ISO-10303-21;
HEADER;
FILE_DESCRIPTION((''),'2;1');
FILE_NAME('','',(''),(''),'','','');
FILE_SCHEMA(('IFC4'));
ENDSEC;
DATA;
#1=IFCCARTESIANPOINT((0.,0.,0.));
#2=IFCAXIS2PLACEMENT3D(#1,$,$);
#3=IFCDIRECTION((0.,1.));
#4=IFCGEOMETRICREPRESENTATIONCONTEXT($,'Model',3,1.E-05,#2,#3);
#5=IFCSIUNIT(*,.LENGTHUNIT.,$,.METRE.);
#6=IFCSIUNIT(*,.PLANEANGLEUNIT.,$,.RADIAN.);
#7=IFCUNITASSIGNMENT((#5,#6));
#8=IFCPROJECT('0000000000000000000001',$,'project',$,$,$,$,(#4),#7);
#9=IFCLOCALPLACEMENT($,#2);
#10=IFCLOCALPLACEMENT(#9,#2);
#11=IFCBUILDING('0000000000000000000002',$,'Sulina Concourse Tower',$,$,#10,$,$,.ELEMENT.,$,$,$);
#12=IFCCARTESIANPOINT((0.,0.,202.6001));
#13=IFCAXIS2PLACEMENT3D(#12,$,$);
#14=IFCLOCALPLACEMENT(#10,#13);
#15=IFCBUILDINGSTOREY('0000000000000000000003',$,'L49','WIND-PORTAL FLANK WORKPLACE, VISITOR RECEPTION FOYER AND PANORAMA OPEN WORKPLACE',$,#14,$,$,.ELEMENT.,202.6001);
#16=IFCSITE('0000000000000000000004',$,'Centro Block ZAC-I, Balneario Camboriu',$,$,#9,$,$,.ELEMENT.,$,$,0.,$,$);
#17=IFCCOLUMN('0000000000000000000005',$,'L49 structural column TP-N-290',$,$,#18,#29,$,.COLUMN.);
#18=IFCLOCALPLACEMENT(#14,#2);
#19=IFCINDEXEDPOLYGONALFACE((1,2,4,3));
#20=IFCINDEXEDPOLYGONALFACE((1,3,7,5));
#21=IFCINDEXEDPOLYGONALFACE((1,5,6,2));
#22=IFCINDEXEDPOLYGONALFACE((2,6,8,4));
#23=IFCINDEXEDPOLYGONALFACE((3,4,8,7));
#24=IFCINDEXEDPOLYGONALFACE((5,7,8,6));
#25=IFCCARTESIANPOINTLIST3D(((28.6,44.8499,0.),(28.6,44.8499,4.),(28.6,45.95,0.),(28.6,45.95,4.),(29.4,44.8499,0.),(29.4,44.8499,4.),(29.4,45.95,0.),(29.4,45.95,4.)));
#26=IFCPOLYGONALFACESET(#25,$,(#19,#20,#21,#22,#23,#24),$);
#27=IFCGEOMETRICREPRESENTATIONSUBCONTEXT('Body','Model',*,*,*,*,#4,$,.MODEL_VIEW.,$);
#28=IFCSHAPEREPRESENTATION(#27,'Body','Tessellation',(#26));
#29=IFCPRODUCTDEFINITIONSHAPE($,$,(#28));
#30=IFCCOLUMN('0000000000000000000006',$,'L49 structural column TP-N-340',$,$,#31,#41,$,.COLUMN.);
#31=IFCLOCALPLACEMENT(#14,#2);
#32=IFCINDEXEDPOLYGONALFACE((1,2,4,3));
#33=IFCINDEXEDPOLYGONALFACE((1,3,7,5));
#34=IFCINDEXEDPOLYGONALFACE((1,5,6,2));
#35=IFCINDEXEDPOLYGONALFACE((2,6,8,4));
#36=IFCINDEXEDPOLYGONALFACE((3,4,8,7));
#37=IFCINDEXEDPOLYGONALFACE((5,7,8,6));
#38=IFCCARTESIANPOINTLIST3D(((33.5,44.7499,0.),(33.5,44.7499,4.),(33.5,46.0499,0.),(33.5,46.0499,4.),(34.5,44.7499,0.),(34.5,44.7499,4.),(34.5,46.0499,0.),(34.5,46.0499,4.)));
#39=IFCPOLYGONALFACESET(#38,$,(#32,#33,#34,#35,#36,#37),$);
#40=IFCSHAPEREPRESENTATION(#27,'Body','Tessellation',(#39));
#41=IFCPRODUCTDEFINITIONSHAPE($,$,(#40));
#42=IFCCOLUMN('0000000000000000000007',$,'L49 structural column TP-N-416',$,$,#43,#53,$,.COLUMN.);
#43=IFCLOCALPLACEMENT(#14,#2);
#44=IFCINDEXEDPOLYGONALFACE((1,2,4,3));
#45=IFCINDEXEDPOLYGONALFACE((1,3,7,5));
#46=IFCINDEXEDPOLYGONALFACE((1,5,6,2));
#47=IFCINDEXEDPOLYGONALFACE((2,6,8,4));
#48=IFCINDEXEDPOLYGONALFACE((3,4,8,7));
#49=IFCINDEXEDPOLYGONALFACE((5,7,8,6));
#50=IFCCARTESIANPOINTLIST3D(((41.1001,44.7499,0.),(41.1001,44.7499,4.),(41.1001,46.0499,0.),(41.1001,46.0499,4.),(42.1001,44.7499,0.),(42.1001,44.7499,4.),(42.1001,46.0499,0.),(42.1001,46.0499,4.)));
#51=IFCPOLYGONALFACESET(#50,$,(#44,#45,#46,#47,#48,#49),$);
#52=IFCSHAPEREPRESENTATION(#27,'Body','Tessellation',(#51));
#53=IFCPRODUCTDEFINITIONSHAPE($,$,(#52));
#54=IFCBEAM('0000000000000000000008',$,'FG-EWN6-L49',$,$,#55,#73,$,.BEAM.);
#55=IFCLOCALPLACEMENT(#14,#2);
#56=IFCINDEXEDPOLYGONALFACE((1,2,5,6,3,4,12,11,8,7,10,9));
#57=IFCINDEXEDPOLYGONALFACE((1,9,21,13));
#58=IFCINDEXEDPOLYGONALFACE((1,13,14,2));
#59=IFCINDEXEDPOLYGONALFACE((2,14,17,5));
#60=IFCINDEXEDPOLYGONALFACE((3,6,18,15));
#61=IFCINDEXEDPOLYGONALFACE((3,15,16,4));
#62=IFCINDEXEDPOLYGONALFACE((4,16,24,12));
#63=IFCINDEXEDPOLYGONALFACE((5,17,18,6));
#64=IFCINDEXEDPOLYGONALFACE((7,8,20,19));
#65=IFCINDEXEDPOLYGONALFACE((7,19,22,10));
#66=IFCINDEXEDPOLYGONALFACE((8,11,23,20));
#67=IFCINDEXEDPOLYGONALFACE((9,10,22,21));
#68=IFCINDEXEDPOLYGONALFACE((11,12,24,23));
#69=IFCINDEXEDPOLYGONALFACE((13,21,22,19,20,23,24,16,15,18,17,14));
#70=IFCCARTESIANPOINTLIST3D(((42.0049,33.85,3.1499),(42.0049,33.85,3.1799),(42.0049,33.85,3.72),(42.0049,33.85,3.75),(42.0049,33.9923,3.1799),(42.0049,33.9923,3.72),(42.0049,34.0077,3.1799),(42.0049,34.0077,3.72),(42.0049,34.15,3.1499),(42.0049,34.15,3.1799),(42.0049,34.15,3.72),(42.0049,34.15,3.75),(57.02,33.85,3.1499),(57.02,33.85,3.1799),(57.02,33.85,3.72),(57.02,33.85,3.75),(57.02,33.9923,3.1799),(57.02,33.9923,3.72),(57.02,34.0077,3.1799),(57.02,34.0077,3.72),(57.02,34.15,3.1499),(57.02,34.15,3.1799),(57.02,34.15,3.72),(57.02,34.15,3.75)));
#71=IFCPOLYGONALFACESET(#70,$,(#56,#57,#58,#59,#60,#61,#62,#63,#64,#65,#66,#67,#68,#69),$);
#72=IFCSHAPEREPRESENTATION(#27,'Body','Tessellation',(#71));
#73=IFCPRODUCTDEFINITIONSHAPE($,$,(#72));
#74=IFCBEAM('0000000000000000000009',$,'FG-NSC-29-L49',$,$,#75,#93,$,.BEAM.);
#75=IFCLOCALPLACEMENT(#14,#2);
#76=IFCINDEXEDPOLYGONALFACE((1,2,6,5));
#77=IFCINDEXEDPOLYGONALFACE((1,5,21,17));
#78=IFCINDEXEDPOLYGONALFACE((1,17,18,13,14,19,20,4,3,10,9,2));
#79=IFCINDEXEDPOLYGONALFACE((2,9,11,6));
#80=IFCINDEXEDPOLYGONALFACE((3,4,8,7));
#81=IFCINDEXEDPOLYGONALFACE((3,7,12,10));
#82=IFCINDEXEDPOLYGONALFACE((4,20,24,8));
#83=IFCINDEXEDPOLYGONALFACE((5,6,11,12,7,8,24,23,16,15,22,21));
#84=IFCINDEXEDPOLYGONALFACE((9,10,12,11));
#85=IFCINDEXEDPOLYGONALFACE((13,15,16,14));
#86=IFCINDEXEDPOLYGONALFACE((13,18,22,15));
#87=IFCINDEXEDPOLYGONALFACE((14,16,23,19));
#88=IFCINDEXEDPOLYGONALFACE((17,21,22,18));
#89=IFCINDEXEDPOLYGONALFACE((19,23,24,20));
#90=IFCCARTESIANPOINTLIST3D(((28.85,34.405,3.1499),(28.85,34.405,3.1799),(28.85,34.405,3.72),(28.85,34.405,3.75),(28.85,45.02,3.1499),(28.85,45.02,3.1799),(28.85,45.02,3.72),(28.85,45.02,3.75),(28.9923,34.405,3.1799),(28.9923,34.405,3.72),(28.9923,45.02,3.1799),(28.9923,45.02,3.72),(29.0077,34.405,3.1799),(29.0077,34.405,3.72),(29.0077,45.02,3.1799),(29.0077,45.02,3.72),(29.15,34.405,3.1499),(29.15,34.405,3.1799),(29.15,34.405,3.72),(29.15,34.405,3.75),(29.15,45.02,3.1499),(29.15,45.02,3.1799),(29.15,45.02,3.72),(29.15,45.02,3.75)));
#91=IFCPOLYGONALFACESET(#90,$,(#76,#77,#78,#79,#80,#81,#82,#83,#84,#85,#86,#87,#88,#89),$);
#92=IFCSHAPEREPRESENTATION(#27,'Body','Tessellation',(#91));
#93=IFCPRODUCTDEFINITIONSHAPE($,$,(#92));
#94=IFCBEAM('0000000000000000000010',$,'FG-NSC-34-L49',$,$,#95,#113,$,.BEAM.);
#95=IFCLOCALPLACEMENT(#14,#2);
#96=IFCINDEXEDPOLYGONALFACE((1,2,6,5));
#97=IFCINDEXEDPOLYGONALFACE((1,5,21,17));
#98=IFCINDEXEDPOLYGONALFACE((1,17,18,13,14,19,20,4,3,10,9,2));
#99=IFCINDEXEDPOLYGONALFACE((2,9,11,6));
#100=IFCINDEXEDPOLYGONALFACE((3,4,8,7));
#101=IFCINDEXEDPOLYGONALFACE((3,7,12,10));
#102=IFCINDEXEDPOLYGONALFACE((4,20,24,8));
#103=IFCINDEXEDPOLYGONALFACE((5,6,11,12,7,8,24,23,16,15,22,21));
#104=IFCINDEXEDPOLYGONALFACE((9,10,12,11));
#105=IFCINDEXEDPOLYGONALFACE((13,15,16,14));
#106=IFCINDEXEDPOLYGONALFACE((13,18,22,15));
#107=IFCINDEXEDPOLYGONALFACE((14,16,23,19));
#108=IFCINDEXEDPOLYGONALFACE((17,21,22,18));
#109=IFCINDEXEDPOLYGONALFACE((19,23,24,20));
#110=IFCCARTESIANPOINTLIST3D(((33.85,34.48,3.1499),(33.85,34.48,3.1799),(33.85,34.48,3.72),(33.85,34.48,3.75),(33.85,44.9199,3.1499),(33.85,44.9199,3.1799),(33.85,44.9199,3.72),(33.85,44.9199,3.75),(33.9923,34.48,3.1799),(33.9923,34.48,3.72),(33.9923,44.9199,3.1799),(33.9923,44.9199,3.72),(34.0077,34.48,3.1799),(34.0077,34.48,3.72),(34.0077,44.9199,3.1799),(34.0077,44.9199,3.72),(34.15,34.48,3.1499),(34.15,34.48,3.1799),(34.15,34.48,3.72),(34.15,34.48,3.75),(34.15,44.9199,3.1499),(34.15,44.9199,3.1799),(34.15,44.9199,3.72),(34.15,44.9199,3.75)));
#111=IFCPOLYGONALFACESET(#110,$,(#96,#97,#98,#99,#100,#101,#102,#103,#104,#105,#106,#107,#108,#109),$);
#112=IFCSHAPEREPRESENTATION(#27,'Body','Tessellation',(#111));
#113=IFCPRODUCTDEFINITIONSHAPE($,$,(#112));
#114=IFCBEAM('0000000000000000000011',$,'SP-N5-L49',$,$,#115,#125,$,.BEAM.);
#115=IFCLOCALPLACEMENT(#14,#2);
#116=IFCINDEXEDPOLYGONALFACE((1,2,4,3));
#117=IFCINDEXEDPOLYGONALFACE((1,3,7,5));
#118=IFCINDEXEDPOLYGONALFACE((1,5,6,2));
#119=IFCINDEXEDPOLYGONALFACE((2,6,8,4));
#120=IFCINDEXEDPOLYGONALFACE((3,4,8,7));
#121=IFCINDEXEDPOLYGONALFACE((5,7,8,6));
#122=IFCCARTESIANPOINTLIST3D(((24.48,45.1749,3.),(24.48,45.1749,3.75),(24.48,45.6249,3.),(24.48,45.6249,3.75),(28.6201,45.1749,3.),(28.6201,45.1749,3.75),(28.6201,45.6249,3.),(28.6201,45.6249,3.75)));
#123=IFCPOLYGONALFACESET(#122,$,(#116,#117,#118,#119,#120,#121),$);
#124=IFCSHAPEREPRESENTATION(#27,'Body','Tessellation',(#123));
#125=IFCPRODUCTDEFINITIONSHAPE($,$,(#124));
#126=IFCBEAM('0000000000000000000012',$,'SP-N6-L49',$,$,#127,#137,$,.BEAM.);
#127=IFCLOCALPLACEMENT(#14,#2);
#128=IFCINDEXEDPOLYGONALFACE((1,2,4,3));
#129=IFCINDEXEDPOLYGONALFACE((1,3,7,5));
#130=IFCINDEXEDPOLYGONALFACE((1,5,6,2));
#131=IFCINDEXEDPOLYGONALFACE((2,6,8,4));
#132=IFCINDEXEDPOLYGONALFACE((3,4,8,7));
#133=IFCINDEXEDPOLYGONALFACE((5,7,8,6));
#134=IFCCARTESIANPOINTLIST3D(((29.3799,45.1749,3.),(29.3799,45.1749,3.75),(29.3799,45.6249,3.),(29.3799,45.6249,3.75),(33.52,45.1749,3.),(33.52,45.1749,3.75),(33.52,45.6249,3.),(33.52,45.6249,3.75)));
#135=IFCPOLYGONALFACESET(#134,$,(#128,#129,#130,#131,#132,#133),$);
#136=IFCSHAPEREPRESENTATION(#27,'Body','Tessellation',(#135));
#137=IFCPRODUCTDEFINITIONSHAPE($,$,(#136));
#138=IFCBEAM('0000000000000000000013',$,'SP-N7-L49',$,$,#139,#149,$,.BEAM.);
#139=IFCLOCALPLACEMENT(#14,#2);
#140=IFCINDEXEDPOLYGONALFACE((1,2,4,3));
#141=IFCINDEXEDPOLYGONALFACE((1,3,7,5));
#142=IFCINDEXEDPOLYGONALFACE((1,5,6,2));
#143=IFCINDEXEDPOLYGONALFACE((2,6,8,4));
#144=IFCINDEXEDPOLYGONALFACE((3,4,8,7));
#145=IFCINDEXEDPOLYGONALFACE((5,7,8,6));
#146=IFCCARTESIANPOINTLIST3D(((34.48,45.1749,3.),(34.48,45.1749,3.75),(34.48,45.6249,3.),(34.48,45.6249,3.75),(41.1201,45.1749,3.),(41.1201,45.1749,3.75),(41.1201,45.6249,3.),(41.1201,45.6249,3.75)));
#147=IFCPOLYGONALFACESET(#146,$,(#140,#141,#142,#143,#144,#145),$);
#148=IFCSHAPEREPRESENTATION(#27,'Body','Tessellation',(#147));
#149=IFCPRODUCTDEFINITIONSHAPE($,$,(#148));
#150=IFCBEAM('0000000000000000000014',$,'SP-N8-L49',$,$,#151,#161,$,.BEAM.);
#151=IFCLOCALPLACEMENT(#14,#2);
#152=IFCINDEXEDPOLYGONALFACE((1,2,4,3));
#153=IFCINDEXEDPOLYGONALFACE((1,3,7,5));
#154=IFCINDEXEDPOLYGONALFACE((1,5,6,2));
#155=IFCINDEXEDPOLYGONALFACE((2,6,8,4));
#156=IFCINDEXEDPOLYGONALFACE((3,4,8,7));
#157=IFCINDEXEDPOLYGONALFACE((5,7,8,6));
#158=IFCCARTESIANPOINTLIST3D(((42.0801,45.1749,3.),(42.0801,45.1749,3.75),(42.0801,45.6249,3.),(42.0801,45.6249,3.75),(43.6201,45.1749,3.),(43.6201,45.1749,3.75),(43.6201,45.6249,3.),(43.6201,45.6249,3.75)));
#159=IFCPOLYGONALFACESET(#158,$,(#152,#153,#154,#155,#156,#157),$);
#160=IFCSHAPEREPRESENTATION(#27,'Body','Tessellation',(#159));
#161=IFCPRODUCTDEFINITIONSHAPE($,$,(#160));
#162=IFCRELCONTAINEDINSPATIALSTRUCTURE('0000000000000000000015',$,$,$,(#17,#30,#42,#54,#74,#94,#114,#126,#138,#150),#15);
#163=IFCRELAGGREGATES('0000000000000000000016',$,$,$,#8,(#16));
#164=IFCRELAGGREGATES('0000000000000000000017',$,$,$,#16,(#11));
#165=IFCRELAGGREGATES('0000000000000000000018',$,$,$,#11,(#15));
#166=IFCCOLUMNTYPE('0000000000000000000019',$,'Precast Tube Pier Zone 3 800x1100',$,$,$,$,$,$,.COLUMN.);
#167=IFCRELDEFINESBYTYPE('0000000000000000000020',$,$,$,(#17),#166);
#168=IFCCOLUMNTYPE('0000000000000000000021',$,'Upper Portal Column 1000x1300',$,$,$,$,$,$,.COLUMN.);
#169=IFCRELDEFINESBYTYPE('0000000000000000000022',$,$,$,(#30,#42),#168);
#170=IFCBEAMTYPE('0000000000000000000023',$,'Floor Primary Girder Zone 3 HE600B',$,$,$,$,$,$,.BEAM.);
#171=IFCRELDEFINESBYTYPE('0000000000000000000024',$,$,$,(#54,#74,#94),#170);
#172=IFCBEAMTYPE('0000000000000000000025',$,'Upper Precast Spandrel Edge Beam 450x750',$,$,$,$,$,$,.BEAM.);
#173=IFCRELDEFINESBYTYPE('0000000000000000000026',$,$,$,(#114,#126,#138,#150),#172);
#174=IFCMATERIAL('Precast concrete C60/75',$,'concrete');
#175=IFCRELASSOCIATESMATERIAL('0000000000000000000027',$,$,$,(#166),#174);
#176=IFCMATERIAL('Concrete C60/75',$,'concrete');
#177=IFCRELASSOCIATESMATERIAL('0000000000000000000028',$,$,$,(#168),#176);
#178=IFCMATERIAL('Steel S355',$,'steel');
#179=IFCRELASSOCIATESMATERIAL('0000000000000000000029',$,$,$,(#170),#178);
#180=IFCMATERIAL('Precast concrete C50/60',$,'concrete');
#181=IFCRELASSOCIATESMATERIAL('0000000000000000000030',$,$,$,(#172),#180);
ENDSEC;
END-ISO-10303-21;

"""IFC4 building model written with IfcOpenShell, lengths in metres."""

from ifc_helpers import new_model, si_unit, direction, frame, origin, origin_2d, place, context, subcontext, project, spatial, rectangle, i_section, extrude, material, material_profile, profile_set, type_object, element, save


model = new_model("IFC4")

# Units and contexts
model_context = context("Model", 3, precision=1e-05, world=origin(), true_north=direction((0.0, 1.0)))
body_context = subcontext(model_context, "Body", "Model", "MODEL_VIEW")
ifc_project = project(units=[si_unit("LENGTHUNIT", "METRE"), si_unit("PLANEANGLEUNIT", "RADIAN")], contexts=[model_context])

# Site, building, storey
site_placement = place(None, origin())
site = spatial("IfcSite", under=ifc_project, at=site_placement, Name="Centro Block ZAC-I, Balneario Camboriu", CompositionType="ELEMENT", RefElevation=0.0)
building_placement = place(site_placement, origin())
building = spatial("IfcBuilding", under=site, at=building_placement, Name="Sulina Concourse Tower", CompositionType="ELEMENT")
storey_placement = place(building_placement, frame((0.0, 0.0, 202.6001)))
storey = spatial("IfcBuildingStorey", under=building, at=storey_placement, Name="L49", Description="WIND-PORTAL FLANK WORKPLACE, VISITOR RECEPTION FOYER AND PANORAMA OPEN WORKPLACE", CompositionType="ELEMENT", Elevation=202.6001)

# Columns
ifc_material_1 = material(Name="Precast concrete C60/75", Category="concrete")
ifc_material_profile_1 = material_profile(ifc_material_1, rectangle(XDim=0.8, YDim=1.1001, at=origin_2d()), Name="PC 800x1100")
ifc_profile_set_1 = profile_set([ifc_material_profile_1], Name="Precast concrete C60/75")
column_type_1 = type_object("IfcColumnType", Name="Precast Tube Pier Zone 3 800x1100", PredefinedType="COLUMN", material=ifc_profile_set_1)
column_placement = place(storey_placement, frame((29.0, 45.3999, 0.0), z_axis=(0.0, 0.0, 1.0), x_axis=(1.0, 0.0, 0.0)))
element("IfcColumn", 1, at=column_placement, inside=storey, type_object=column_type_1, Name="L49 structural column TP-N-290", PredefinedType="COLUMN", context=body_context, shape_type="SweptSolid", body=[
    extrude(rectangle(XDim=0.8, YDim=1.1001, at=origin_2d()), origin(), (0.0, 0.0, 1.0), 4.0),
])
ifc_material_2 = material(Name="Concrete C60/75", Category="concrete")
ifc_material_profile_2 = material_profile(ifc_material_2, rectangle(XDim=1.0, YDim=1.3, at=origin_2d()), Name="RC 1000x1300")
ifc_profile_set_2 = profile_set([ifc_material_profile_2], Name="Concrete C60/75")
column_type_2 = type_object("IfcColumnType", Name="Upper Portal Column 1000x1300", PredefinedType="COLUMN", material=ifc_profile_set_2)
for number, where, z_axis, x_axis, name in (
    (2, (34.0, 45.3999, 0.0), (0.0, 0.0, 1.0), (1.0, 0.0, 0.0), "L49 structural column TP-N-340"),
    (3, (41.6001, 45.3999, 0.0), (0.0, 0.0, 1.0), (1.0, 0.0, 0.0), "L49 structural column TP-N-416"),
):
    element("IfcColumn", number, at=place(storey_placement, frame(where, z_axis=z_axis, x_axis=x_axis)), inside=storey, type_object=column_type_2, Name=name, PredefinedType="COLUMN", context=body_context, shape_type="SweptSolid", body=[
        extrude(rectangle(XDim=1.0, YDim=1.3, at=origin_2d()), origin(), (0.0, 0.0, 1.0), 4.0),
    ])

# Beams
ifc_material_3 = material(Name="Steel S355", Category="steel")
ifc_material_profile_3 = material_profile(ifc_material_3, i_section(OverallWidth=0.3, OverallDepth=0.6001, WebThickness=0.0154, FlangeThickness=0.03, at=origin_2d()), Name="HE 600 B")
ifc_profile_set_3 = profile_set([ifc_material_profile_3], Name="Steel S355")
beam_type_1 = type_object("IfcBeamType", Name="Floor Primary Girder Zone 3 HE600B", PredefinedType="BEAM", material=ifc_profile_set_3)
beam_1_placement = place(storey_placement, frame((42.0049, 34.0, 3.45), z_axis=(1.0, 0.0, 0.0), x_axis=(0.0, 1.0, 0.0)))
element("IfcBeam", 4, at=beam_1_placement, inside=storey, type_object=beam_type_1, Name="FG-EWN6-L49", PredefinedType="BEAM", context=body_context, shape_type="SweptSolid", body=[
    extrude(i_section(OverallWidth=0.3, OverallDepth=0.6001, WebThickness=0.0154, FlangeThickness=0.03, at=origin_2d()), origin(), (0.0, 0.0, 1.0), 15.0151),
])
beam_2_placement = place(storey_placement, frame((29.0, 34.405, 3.45), z_axis=(0.0, 1.0, 0.0), x_axis=(-1.0, 0.0, 0.0)))
element("IfcBeam", 5, at=beam_2_placement, inside=storey, type_object=beam_type_1, Name="FG-NSC-29-L49", PredefinedType="BEAM", context=body_context, shape_type="SweptSolid", body=[
    extrude(i_section(OverallWidth=0.3, OverallDepth=0.6001, WebThickness=0.0154, FlangeThickness=0.03, at=origin_2d()), origin(), (0.0, 0.0, 1.0), 10.615),
])
beam_3_placement = place(storey_placement, frame((34.0, 34.48, 3.45), z_axis=(0.0, 1.0, 0.0), x_axis=(-1.0, 0.0, 0.0)))
element("IfcBeam", 6, at=beam_3_placement, inside=storey, type_object=beam_type_1, Name="FG-NSC-34-L49", PredefinedType="BEAM", context=body_context, shape_type="SweptSolid", body=[
    extrude(i_section(OverallWidth=0.3, OverallDepth=0.6001, WebThickness=0.0154, FlangeThickness=0.03, at=origin_2d()), origin(), (0.0, 0.0, 1.0), 10.4399),
])
ifc_material_4 = material(Name="Precast concrete C50/60", Category="concrete")
ifc_material_profile_4 = material_profile(ifc_material_4, rectangle(XDim=0.45, YDim=0.75, at=origin_2d()), Name="RC 450x750")
ifc_profile_set_4 = profile_set([ifc_material_profile_4], Name="Precast concrete C50/60")
beam_type_2 = type_object("IfcBeamType", Name="Upper Precast Spandrel Edge Beam 450x750", PredefinedType="BEAM", material=ifc_profile_set_4)
for number, where, z_axis, x_axis, name in (
    (7, (24.48, 45.3999, 3.375), (1.0, 0.0, 0.0), (0.0, 1.0, 0.0), "SP-N5-L49"),
    (8, (29.3799, 45.3999, 3.375), (1.0, 0.0, 0.0), (0.0, 1.0, 0.0), "SP-N6-L49"),
):
    element("IfcBeam", number, at=place(storey_placement, frame(where, z_axis=z_axis, x_axis=x_axis)), inside=storey, type_object=beam_type_2, Name=name, PredefinedType="BEAM", context=body_context, shape_type="SweptSolid", body=[
        extrude(rectangle(XDim=0.45, YDim=0.75, at=origin_2d()), origin(), (0.0, 0.0, 1.0), 4.1401),
    ])
beam_4_placement = place(storey_placement, frame((34.48, 45.3999, 3.375), z_axis=(1.0, 0.0, 0.0), x_axis=(0.0, 1.0, 0.0)))
element("IfcBeam", 9, at=beam_4_placement, inside=storey, type_object=beam_type_2, Name="SP-N7-L49", PredefinedType="BEAM", context=body_context, shape_type="SweptSolid", body=[
    extrude(rectangle(XDim=0.45, YDim=0.75, at=origin_2d()), origin(), (0.0, 0.0, 1.0), 6.6401),
])
beam_5_placement = place(storey_placement, frame((42.0801, 45.3999, 3.375), z_axis=(1.0, 0.0, 0.0), x_axis=(0.0, 1.0, 0.0)))
element("IfcBeam", 10, at=beam_5_placement, inside=storey, type_object=beam_type_2, Name="SP-N8-L49", PredefinedType="BEAM", context=body_context, shape_type="SweptSolid", body=[
    extrude(rectangle(XDim=0.45, YDim=0.75, at=origin_2d()), origin(), (0.0, 0.0, 1.0), 1.54),
])

save(model, "model.ifc")
